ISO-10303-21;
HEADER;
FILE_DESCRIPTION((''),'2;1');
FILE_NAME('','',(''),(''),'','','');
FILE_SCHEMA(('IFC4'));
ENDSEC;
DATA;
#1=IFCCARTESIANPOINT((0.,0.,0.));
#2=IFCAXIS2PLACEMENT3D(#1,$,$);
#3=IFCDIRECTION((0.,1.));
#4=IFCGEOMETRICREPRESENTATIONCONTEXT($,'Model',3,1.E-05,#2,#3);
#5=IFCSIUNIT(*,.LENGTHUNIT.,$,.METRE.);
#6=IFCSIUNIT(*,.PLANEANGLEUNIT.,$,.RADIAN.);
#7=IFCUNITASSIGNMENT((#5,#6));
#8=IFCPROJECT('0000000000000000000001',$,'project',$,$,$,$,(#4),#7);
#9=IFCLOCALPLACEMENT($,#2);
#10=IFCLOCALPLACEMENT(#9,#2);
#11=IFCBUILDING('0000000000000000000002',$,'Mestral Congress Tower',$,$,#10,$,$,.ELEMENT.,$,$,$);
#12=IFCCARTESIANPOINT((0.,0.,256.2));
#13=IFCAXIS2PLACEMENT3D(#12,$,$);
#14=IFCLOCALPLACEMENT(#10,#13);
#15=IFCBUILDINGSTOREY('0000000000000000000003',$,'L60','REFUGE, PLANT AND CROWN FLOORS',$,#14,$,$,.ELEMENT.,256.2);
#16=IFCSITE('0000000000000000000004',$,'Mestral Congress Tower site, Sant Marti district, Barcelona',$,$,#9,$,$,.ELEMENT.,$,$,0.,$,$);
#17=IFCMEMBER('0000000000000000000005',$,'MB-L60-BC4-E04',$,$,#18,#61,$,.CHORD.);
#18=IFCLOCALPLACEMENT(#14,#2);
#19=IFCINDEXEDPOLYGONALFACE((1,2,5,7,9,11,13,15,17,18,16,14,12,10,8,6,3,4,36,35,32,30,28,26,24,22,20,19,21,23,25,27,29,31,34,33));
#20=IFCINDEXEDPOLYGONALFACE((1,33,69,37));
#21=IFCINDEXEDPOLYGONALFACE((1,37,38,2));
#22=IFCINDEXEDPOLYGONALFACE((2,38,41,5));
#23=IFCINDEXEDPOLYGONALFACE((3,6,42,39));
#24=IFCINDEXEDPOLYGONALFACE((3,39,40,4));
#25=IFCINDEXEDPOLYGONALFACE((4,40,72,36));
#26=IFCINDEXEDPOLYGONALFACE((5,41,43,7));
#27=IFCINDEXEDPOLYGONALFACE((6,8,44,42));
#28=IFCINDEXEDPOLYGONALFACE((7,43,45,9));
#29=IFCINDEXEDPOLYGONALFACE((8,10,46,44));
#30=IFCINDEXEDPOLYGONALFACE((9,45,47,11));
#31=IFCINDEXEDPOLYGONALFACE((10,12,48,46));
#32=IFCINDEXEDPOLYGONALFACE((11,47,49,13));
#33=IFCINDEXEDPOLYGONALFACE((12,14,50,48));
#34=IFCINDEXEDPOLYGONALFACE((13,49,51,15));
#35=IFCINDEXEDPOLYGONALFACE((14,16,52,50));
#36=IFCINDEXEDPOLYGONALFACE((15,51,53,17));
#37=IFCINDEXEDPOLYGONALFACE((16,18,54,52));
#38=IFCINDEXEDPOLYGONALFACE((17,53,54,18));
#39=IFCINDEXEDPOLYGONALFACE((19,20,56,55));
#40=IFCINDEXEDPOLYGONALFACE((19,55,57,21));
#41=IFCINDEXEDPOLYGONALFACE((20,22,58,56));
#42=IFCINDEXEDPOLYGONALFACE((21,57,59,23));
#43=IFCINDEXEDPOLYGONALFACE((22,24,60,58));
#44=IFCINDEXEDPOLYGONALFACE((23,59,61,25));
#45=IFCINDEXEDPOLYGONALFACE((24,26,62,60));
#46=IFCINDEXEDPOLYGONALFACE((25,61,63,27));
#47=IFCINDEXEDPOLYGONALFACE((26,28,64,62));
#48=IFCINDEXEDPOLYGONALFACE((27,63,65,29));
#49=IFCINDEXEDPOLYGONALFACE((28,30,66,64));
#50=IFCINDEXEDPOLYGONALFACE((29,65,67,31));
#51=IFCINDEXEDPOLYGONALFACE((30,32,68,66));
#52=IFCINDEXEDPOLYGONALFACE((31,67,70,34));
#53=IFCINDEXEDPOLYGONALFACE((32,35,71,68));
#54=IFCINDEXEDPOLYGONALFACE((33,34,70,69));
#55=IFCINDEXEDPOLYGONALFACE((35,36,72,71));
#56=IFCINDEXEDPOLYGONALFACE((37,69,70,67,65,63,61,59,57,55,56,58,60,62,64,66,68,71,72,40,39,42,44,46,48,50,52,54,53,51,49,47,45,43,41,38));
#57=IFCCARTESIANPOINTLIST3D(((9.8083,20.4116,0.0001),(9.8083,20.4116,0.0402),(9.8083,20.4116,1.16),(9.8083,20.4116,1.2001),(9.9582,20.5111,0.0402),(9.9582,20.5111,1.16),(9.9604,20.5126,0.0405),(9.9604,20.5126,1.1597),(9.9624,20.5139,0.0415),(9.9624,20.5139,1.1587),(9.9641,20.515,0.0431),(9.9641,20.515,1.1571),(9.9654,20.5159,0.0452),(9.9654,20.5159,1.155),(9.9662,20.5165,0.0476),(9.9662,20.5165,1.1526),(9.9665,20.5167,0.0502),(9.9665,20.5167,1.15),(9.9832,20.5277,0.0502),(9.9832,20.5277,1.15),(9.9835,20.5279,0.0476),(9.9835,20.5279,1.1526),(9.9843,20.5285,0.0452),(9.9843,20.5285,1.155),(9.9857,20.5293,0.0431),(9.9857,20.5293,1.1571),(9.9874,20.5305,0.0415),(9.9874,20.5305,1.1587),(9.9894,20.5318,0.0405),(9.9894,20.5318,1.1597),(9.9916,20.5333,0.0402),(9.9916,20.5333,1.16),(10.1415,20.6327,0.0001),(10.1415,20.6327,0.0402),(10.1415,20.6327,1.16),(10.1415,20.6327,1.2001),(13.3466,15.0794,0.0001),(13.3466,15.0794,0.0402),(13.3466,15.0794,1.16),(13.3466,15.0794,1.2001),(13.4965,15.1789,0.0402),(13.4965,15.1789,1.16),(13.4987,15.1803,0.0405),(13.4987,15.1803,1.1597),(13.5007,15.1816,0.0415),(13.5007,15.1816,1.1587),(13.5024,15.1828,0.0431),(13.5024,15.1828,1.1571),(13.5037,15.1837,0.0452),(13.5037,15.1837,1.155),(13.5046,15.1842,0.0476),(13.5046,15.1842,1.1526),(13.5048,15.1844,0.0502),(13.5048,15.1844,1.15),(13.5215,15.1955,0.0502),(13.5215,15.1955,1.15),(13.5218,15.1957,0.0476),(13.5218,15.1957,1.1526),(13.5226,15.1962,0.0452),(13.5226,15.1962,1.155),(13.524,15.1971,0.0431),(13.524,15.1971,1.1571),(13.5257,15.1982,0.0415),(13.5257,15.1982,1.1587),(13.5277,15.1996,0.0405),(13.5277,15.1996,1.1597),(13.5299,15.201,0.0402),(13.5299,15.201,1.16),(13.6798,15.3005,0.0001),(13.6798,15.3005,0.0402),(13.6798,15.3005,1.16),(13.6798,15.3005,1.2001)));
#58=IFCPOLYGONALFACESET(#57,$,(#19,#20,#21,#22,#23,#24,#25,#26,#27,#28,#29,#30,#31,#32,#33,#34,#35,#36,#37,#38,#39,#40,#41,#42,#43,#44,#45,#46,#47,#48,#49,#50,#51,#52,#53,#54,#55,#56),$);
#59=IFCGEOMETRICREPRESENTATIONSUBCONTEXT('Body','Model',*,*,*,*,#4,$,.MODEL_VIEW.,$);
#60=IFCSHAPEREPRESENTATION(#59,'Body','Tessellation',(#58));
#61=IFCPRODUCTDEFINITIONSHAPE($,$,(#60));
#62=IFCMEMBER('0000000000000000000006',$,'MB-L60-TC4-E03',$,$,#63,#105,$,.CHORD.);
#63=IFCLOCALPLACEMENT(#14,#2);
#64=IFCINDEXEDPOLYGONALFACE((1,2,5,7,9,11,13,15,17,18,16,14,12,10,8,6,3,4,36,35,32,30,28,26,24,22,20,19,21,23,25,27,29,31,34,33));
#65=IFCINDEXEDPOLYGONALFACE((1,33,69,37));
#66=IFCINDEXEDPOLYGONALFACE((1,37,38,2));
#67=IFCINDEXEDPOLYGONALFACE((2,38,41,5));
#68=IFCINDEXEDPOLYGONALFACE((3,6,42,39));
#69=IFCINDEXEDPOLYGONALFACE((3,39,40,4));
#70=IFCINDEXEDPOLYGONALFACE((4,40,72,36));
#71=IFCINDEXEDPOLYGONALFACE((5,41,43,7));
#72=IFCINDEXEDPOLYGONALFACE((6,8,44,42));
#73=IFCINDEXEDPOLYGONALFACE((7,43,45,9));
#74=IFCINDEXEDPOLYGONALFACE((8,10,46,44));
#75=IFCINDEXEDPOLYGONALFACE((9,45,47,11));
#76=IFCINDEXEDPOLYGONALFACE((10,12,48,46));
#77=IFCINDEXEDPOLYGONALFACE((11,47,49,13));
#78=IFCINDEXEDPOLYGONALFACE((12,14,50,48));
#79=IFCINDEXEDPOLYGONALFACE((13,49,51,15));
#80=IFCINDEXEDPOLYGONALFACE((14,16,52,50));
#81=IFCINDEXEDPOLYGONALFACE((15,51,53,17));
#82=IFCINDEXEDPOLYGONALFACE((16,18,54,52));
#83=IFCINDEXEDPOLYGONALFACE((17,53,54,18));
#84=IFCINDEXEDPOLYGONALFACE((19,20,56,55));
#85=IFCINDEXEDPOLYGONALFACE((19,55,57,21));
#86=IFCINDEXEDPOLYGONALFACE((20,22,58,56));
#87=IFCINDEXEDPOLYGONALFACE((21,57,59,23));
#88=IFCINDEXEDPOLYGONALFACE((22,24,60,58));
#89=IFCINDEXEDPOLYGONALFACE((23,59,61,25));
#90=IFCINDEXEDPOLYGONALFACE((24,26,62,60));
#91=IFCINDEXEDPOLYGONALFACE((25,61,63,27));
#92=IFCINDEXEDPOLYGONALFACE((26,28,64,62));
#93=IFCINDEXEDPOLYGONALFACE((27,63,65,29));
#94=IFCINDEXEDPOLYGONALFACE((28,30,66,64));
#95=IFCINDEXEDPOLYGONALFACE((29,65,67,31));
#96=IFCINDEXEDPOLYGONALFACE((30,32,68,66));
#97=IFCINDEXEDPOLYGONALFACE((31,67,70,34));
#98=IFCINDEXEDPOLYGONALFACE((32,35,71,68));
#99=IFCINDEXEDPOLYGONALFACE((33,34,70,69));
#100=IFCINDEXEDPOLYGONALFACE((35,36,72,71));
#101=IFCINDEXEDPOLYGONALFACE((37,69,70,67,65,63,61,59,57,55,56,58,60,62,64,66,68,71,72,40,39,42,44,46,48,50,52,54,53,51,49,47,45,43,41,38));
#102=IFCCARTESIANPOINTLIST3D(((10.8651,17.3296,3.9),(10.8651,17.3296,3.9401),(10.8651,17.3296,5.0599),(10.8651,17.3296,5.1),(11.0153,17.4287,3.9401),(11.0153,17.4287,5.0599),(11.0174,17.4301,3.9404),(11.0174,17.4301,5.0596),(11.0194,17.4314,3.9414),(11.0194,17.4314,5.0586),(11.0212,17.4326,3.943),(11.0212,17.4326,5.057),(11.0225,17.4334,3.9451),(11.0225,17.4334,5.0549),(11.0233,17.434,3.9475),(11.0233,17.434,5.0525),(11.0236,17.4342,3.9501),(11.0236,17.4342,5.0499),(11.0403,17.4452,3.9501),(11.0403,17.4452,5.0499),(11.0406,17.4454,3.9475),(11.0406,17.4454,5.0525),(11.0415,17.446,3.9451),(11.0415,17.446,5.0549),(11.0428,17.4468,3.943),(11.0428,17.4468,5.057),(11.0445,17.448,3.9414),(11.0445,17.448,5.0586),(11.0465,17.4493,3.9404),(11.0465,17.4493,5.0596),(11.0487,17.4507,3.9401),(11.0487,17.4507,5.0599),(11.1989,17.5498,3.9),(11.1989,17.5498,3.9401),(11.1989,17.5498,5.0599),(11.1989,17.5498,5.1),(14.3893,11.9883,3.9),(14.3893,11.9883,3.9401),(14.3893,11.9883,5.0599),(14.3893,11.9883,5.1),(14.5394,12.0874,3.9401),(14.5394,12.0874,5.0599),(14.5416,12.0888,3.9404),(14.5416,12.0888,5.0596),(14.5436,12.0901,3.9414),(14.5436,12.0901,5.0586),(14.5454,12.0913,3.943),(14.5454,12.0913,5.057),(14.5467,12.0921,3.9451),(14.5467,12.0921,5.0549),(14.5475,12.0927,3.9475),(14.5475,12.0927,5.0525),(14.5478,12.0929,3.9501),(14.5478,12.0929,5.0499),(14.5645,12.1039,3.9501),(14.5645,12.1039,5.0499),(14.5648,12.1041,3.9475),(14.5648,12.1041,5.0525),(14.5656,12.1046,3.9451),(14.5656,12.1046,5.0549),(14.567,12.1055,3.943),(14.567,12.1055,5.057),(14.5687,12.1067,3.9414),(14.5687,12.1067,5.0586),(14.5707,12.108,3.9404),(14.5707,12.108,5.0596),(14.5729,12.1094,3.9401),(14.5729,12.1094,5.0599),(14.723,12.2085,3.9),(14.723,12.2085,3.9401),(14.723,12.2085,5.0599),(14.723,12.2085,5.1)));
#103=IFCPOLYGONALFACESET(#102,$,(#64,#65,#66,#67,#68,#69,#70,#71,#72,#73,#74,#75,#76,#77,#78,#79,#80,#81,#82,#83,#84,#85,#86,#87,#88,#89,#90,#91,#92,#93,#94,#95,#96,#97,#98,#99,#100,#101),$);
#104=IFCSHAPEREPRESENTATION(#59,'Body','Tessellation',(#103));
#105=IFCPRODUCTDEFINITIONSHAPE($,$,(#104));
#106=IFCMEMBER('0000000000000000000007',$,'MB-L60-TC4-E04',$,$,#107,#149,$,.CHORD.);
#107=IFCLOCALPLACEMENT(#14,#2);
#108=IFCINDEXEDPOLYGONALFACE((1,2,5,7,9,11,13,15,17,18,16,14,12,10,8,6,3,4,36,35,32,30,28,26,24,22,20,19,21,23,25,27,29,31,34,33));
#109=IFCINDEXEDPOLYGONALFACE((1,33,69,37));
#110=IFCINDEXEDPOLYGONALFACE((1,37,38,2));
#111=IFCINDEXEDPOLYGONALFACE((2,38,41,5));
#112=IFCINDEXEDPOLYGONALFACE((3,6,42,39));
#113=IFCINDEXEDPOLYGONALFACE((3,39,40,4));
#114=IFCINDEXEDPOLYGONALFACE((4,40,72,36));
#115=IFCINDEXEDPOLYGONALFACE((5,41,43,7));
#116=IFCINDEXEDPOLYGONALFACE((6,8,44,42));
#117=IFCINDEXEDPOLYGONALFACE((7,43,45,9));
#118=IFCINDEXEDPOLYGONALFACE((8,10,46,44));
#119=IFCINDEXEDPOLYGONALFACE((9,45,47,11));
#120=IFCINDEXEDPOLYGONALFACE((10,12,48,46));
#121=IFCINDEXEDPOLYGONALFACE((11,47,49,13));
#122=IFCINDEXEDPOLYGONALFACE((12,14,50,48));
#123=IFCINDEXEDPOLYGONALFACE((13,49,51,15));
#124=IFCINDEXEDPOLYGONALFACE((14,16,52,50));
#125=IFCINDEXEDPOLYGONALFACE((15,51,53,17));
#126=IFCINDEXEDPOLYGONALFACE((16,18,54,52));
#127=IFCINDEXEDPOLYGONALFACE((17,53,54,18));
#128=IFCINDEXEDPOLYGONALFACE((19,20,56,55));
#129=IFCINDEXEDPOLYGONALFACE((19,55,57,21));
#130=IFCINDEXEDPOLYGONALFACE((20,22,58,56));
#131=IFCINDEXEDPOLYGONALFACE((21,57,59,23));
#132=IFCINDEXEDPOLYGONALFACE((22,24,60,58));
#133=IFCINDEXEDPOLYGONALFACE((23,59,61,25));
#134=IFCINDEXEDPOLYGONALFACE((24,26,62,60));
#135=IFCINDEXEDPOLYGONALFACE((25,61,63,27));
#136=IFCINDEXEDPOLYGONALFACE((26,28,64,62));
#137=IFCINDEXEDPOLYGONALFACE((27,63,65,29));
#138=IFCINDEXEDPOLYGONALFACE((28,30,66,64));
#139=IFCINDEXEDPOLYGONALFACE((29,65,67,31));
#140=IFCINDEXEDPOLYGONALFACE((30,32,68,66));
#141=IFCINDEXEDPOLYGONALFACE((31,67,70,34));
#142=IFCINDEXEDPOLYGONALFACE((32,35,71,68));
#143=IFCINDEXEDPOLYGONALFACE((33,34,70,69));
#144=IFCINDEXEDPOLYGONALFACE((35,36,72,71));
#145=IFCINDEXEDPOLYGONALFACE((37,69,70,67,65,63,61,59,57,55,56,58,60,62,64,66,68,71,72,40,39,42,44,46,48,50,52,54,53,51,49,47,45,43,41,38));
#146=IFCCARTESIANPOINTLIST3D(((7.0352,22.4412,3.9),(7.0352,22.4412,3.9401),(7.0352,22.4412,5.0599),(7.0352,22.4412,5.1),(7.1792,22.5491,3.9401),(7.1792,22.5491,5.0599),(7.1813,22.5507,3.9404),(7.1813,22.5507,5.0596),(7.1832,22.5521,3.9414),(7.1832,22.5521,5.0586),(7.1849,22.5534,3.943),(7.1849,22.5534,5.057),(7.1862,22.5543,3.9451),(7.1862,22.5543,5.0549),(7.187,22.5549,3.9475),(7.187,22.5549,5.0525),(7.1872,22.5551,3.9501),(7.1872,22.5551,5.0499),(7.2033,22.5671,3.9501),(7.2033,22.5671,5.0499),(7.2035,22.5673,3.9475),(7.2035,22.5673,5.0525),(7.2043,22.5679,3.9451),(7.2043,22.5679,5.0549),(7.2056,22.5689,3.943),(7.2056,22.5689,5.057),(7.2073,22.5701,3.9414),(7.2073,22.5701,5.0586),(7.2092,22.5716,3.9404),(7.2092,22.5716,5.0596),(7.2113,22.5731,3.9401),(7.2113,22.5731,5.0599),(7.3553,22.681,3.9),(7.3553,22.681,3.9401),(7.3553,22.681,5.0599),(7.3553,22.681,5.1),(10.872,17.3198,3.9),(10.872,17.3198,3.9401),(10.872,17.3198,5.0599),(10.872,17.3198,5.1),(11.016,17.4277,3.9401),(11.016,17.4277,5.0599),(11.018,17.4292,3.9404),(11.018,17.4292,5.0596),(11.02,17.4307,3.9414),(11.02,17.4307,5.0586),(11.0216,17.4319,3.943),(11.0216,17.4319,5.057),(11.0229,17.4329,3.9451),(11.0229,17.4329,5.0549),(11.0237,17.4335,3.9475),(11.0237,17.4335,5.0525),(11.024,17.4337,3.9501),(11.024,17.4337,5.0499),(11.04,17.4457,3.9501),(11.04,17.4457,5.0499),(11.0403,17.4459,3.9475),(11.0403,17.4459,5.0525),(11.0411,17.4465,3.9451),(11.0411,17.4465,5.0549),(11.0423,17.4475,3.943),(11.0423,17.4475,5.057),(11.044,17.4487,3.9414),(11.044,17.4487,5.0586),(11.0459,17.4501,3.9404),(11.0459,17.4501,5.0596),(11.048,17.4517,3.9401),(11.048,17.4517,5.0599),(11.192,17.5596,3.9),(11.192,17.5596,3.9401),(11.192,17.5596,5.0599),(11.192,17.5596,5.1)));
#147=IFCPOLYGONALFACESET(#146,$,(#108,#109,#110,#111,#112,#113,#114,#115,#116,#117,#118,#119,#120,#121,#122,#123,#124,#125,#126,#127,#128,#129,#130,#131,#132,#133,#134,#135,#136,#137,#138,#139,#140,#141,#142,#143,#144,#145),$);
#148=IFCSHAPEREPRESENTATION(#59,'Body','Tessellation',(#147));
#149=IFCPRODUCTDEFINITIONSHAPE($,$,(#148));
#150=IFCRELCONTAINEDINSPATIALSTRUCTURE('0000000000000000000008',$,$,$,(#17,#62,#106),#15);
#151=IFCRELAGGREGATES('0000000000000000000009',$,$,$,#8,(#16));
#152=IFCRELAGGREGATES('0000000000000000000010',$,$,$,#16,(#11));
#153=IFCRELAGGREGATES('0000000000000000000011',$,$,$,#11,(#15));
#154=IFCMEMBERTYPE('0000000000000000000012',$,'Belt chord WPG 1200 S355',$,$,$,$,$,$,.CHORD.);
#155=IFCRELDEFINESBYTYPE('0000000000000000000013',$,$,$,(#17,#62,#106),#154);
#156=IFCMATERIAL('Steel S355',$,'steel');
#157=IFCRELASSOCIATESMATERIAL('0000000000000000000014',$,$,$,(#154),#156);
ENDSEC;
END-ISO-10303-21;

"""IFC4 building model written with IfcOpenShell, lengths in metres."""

from ifc_helpers import new_model, si_unit, direction, frame, origin, origin_2d, place, context, subcontext, project, spatial, i_section, extrude, material, material_profile, profile_set, type_object, element, save


model = new_model("IFC4")

# Units and contexts
model_context = context("Model", 3, precision=1e-05, world=origin(), true_north=direction((0.0, 1.0)))
body_context = subcontext(model_context, "Body", "Model", "MODEL_VIEW")
ifc_project = project(units=[si_unit("LENGTHUNIT", "METRE"), si_unit("PLANEANGLEUNIT", "RADIAN")], contexts=[model_context])

# Site, building, storey
site_placement = place(None, origin())
site = spatial("IfcSite", under=ifc_project, at=site_placement, Name="Mestral Congress Tower site, Sant Marti district, Barcelona", CompositionType="ELEMENT", RefElevation=0.0)
building_placement = place(site_placement, origin())
building = spatial("IfcBuilding", under=site, at=building_placement, Name="Mestral Congress Tower", CompositionType="ELEMENT")
storey_placement = place(building_placement, frame((0.0, 0.0, 256.2)))
storey = spatial("IfcBuildingStorey", under=building, at=storey_placement, Name="L60", Description="REFUGE, PLANT AND CROWN FLOORS", CompositionType="ELEMENT", Elevation=256.2)

# Members
ifc_material_1 = material(Name="Steel S355", Category="steel")
ifc_material_profile_1 = material_profile(ifc_material_1, i_section(OverallWidth=0.3999, OverallDepth=1.2, WebThickness=0.02, FlangeThickness=0.04, FilletRadius=0.01, at=origin_2d()), Name="WPG 1200")
ifc_profile_set_1 = profile_set([ifc_material_profile_1], Name="Steel S355")
member_type_1 = type_object("IfcMemberType", Name="Belt chord WPG 1200 S355", PredefinedType="CHORD", material=ifc_profile_set_1)
member_1_placement = place(storey_placement, frame((13.5132, 15.1899, 0.6001), z_axis=(-0.552912, 0.83324, 0.0), x_axis=(-0.83324, -0.552912, 0.0)))
element("IfcMember", 1, at=member_1_placement, inside=storey, type_object=member_type_1, Name="MB-L60-BC4-E04", PredefinedType="CHORD", context=body_context, shape_type="SweptSolid", body=[
    extrude(i_section(OverallWidth=0.3999, OverallDepth=1.2, WebThickness=0.02, FlangeThickness=0.04, FilletRadius=0.01, at=origin_2d()), origin(), (0.0, 0.0, 1.0), 6.3994),
])
for number, where, z_axis, x_axis, name in (
    (2, (14.5562, 12.0984, 4.5), (-0.550723, 0.834688, 0.0), (-0.834688, -0.550723, 0.0), "MB-L60-TC4-E03"),
    (3, (11.032, 17.4397, 4.5), (-0.599566, 0.800325, 0.0), (-0.800325, -0.599566, 0.0), "MB-L60-TC4-E04"),
):
    element("IfcMember", number, at=place(storey_placement, frame(where, z_axis=z_axis, x_axis=x_axis)), inside=storey, type_object=member_type_1, Name=name, PredefinedType="CHORD", context=body_context, shape_type="SweptSolid", body=[
        extrude(i_section(OverallWidth=0.3999, OverallDepth=1.2, WebThickness=0.02, FlangeThickness=0.04, FilletRadius=0.01, at=origin_2d()), origin(), (0.0, 0.0, 1.0), 6.3992),
    ])

save(model, "model.ifc")
